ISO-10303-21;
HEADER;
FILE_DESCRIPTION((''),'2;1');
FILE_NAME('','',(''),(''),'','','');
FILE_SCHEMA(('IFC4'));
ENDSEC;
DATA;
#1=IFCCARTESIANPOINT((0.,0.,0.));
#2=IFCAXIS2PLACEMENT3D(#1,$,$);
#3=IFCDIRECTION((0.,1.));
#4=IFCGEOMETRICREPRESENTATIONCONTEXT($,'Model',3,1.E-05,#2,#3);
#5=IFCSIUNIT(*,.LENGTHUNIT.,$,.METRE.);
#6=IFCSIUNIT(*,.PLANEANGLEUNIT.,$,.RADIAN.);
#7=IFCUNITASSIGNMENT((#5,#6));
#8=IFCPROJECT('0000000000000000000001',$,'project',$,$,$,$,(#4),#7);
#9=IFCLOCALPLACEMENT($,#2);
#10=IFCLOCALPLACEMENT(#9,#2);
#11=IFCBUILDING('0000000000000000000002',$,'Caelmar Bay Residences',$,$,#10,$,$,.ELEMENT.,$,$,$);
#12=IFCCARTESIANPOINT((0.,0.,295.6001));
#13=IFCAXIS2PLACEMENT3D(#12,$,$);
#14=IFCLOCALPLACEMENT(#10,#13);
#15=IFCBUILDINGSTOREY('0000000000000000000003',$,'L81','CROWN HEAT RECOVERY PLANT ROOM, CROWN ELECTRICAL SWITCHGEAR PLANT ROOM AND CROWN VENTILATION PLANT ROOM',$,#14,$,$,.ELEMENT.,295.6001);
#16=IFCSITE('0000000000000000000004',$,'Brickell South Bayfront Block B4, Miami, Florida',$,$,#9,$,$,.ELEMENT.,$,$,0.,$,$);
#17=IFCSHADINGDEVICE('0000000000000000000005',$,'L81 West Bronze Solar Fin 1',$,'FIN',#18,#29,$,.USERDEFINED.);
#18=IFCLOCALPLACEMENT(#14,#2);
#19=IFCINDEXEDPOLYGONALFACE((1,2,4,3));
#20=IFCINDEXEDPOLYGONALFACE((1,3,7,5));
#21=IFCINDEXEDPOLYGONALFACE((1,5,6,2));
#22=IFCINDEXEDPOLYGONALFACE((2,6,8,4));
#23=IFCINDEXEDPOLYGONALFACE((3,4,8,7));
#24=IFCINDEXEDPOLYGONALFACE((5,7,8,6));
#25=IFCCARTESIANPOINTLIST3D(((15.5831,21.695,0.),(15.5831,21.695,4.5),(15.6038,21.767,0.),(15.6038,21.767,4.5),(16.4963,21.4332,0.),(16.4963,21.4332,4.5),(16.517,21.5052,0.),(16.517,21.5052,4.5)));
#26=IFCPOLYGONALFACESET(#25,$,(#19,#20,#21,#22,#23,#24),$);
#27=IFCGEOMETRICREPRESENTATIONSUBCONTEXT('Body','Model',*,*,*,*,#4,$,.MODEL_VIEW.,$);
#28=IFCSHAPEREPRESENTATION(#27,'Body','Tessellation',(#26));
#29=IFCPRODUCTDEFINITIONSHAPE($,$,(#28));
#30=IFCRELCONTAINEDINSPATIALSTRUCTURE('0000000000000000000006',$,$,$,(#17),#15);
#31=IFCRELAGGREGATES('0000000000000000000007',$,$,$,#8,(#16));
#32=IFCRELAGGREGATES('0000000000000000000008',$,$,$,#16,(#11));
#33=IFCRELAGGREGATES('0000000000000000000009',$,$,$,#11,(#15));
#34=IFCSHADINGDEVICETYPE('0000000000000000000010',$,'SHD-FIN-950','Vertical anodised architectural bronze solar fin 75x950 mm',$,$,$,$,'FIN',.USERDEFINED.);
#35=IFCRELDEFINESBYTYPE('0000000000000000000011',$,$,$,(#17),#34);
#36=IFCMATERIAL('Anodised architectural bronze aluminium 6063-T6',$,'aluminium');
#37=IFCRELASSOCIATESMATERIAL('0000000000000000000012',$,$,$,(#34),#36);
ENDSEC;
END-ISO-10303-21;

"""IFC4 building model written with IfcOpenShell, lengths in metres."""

from ifc_helpers import new_model, si_unit, direction, frame, origin, origin_2d, place, context, subcontext, project, spatial, rectangle, extrude, material, material_profile, profile_set, type_object, element, save


model = new_model("IFC4")

# Units and contexts
model_context = context("Model", 3, precision=1e-05, world=origin(), true_north=direction((0.0, 1.0)))
body_context = subcontext(model_context, "Body", "Model", "MODEL_VIEW")
ifc_project = project(units=[si_unit("LENGTHUNIT", "METRE"), si_unit("PLANEANGLEUNIT", "RADIAN")], contexts=[model_context])

# Site, building, storey
site_placement = place(None, origin())
site = spatial("IfcSite", under=ifc_project, at=site_placement, Name="Brickell South Bayfront Block B4, Miami, Florida", CompositionType="ELEMENT", RefElevation=0.0)
building_placement = place(site_placement, origin())
building = spatial("IfcBuilding", under=site, at=building_placement, Name="Caelmar Bay Residences", CompositionType="ELEMENT")
storey_placement = place(building_placement, frame((0.0, 0.0, 295.6001)))
storey = spatial("IfcBuildingStorey", under=building, at=storey_placement, Name="L81", Description="CROWN HEAT RECOVERY PLANT ROOM, CROWN ELECTRICAL SWITCHGEAR PLANT ROOM AND CROWN VENTILATION PLANT ROOM", CompositionType="ELEMENT", Elevation=295.6001)

# Shading device
ifc_material_1 = material(Name="Anodised architectural bronze aluminium 6063-T6", Category="aluminium")
ifc_material_profile_1 = material_profile(ifc_material_1, rectangle(XDim=0.075, YDim=0.95, at=origin_2d()), Name="BRONZE-FIN-75X950")
ifc_profile_set_1 = profile_set([ifc_material_profile_1], Name="Anodised architectural bronze aluminium 6063-T6")
shading_device_type = type_object("IfcShadingDeviceType", Name="SHD-FIN-950", Description="Vertical anodised architectural bronze solar fin 75x950 mm", ElementType="FIN", PredefinedType="USERDEFINED", material=ifc_profile_set_1)
shading_device_placement = place(storey_placement, frame((16.05, 21.6001, 0.0), z_axis=(0.0, 0.0, 1.0), x_axis=(0.275637, 0.961262, 0.0)))
element("IfcShadingDevice", 1, at=shading_device_placement, inside=storey, type_object=shading_device_type, Name="L81 West Bronze Solar Fin 1", ObjectType="FIN", PredefinedType="USERDEFINED", context=body_context, shape_type="SweptSolid", body=[
    extrude(rectangle(XDim=0.075, YDim=0.95, at=origin_2d()), origin(), (0.0, 0.0, 1.0), 4.5),
])

save(model, "model.ifc")
